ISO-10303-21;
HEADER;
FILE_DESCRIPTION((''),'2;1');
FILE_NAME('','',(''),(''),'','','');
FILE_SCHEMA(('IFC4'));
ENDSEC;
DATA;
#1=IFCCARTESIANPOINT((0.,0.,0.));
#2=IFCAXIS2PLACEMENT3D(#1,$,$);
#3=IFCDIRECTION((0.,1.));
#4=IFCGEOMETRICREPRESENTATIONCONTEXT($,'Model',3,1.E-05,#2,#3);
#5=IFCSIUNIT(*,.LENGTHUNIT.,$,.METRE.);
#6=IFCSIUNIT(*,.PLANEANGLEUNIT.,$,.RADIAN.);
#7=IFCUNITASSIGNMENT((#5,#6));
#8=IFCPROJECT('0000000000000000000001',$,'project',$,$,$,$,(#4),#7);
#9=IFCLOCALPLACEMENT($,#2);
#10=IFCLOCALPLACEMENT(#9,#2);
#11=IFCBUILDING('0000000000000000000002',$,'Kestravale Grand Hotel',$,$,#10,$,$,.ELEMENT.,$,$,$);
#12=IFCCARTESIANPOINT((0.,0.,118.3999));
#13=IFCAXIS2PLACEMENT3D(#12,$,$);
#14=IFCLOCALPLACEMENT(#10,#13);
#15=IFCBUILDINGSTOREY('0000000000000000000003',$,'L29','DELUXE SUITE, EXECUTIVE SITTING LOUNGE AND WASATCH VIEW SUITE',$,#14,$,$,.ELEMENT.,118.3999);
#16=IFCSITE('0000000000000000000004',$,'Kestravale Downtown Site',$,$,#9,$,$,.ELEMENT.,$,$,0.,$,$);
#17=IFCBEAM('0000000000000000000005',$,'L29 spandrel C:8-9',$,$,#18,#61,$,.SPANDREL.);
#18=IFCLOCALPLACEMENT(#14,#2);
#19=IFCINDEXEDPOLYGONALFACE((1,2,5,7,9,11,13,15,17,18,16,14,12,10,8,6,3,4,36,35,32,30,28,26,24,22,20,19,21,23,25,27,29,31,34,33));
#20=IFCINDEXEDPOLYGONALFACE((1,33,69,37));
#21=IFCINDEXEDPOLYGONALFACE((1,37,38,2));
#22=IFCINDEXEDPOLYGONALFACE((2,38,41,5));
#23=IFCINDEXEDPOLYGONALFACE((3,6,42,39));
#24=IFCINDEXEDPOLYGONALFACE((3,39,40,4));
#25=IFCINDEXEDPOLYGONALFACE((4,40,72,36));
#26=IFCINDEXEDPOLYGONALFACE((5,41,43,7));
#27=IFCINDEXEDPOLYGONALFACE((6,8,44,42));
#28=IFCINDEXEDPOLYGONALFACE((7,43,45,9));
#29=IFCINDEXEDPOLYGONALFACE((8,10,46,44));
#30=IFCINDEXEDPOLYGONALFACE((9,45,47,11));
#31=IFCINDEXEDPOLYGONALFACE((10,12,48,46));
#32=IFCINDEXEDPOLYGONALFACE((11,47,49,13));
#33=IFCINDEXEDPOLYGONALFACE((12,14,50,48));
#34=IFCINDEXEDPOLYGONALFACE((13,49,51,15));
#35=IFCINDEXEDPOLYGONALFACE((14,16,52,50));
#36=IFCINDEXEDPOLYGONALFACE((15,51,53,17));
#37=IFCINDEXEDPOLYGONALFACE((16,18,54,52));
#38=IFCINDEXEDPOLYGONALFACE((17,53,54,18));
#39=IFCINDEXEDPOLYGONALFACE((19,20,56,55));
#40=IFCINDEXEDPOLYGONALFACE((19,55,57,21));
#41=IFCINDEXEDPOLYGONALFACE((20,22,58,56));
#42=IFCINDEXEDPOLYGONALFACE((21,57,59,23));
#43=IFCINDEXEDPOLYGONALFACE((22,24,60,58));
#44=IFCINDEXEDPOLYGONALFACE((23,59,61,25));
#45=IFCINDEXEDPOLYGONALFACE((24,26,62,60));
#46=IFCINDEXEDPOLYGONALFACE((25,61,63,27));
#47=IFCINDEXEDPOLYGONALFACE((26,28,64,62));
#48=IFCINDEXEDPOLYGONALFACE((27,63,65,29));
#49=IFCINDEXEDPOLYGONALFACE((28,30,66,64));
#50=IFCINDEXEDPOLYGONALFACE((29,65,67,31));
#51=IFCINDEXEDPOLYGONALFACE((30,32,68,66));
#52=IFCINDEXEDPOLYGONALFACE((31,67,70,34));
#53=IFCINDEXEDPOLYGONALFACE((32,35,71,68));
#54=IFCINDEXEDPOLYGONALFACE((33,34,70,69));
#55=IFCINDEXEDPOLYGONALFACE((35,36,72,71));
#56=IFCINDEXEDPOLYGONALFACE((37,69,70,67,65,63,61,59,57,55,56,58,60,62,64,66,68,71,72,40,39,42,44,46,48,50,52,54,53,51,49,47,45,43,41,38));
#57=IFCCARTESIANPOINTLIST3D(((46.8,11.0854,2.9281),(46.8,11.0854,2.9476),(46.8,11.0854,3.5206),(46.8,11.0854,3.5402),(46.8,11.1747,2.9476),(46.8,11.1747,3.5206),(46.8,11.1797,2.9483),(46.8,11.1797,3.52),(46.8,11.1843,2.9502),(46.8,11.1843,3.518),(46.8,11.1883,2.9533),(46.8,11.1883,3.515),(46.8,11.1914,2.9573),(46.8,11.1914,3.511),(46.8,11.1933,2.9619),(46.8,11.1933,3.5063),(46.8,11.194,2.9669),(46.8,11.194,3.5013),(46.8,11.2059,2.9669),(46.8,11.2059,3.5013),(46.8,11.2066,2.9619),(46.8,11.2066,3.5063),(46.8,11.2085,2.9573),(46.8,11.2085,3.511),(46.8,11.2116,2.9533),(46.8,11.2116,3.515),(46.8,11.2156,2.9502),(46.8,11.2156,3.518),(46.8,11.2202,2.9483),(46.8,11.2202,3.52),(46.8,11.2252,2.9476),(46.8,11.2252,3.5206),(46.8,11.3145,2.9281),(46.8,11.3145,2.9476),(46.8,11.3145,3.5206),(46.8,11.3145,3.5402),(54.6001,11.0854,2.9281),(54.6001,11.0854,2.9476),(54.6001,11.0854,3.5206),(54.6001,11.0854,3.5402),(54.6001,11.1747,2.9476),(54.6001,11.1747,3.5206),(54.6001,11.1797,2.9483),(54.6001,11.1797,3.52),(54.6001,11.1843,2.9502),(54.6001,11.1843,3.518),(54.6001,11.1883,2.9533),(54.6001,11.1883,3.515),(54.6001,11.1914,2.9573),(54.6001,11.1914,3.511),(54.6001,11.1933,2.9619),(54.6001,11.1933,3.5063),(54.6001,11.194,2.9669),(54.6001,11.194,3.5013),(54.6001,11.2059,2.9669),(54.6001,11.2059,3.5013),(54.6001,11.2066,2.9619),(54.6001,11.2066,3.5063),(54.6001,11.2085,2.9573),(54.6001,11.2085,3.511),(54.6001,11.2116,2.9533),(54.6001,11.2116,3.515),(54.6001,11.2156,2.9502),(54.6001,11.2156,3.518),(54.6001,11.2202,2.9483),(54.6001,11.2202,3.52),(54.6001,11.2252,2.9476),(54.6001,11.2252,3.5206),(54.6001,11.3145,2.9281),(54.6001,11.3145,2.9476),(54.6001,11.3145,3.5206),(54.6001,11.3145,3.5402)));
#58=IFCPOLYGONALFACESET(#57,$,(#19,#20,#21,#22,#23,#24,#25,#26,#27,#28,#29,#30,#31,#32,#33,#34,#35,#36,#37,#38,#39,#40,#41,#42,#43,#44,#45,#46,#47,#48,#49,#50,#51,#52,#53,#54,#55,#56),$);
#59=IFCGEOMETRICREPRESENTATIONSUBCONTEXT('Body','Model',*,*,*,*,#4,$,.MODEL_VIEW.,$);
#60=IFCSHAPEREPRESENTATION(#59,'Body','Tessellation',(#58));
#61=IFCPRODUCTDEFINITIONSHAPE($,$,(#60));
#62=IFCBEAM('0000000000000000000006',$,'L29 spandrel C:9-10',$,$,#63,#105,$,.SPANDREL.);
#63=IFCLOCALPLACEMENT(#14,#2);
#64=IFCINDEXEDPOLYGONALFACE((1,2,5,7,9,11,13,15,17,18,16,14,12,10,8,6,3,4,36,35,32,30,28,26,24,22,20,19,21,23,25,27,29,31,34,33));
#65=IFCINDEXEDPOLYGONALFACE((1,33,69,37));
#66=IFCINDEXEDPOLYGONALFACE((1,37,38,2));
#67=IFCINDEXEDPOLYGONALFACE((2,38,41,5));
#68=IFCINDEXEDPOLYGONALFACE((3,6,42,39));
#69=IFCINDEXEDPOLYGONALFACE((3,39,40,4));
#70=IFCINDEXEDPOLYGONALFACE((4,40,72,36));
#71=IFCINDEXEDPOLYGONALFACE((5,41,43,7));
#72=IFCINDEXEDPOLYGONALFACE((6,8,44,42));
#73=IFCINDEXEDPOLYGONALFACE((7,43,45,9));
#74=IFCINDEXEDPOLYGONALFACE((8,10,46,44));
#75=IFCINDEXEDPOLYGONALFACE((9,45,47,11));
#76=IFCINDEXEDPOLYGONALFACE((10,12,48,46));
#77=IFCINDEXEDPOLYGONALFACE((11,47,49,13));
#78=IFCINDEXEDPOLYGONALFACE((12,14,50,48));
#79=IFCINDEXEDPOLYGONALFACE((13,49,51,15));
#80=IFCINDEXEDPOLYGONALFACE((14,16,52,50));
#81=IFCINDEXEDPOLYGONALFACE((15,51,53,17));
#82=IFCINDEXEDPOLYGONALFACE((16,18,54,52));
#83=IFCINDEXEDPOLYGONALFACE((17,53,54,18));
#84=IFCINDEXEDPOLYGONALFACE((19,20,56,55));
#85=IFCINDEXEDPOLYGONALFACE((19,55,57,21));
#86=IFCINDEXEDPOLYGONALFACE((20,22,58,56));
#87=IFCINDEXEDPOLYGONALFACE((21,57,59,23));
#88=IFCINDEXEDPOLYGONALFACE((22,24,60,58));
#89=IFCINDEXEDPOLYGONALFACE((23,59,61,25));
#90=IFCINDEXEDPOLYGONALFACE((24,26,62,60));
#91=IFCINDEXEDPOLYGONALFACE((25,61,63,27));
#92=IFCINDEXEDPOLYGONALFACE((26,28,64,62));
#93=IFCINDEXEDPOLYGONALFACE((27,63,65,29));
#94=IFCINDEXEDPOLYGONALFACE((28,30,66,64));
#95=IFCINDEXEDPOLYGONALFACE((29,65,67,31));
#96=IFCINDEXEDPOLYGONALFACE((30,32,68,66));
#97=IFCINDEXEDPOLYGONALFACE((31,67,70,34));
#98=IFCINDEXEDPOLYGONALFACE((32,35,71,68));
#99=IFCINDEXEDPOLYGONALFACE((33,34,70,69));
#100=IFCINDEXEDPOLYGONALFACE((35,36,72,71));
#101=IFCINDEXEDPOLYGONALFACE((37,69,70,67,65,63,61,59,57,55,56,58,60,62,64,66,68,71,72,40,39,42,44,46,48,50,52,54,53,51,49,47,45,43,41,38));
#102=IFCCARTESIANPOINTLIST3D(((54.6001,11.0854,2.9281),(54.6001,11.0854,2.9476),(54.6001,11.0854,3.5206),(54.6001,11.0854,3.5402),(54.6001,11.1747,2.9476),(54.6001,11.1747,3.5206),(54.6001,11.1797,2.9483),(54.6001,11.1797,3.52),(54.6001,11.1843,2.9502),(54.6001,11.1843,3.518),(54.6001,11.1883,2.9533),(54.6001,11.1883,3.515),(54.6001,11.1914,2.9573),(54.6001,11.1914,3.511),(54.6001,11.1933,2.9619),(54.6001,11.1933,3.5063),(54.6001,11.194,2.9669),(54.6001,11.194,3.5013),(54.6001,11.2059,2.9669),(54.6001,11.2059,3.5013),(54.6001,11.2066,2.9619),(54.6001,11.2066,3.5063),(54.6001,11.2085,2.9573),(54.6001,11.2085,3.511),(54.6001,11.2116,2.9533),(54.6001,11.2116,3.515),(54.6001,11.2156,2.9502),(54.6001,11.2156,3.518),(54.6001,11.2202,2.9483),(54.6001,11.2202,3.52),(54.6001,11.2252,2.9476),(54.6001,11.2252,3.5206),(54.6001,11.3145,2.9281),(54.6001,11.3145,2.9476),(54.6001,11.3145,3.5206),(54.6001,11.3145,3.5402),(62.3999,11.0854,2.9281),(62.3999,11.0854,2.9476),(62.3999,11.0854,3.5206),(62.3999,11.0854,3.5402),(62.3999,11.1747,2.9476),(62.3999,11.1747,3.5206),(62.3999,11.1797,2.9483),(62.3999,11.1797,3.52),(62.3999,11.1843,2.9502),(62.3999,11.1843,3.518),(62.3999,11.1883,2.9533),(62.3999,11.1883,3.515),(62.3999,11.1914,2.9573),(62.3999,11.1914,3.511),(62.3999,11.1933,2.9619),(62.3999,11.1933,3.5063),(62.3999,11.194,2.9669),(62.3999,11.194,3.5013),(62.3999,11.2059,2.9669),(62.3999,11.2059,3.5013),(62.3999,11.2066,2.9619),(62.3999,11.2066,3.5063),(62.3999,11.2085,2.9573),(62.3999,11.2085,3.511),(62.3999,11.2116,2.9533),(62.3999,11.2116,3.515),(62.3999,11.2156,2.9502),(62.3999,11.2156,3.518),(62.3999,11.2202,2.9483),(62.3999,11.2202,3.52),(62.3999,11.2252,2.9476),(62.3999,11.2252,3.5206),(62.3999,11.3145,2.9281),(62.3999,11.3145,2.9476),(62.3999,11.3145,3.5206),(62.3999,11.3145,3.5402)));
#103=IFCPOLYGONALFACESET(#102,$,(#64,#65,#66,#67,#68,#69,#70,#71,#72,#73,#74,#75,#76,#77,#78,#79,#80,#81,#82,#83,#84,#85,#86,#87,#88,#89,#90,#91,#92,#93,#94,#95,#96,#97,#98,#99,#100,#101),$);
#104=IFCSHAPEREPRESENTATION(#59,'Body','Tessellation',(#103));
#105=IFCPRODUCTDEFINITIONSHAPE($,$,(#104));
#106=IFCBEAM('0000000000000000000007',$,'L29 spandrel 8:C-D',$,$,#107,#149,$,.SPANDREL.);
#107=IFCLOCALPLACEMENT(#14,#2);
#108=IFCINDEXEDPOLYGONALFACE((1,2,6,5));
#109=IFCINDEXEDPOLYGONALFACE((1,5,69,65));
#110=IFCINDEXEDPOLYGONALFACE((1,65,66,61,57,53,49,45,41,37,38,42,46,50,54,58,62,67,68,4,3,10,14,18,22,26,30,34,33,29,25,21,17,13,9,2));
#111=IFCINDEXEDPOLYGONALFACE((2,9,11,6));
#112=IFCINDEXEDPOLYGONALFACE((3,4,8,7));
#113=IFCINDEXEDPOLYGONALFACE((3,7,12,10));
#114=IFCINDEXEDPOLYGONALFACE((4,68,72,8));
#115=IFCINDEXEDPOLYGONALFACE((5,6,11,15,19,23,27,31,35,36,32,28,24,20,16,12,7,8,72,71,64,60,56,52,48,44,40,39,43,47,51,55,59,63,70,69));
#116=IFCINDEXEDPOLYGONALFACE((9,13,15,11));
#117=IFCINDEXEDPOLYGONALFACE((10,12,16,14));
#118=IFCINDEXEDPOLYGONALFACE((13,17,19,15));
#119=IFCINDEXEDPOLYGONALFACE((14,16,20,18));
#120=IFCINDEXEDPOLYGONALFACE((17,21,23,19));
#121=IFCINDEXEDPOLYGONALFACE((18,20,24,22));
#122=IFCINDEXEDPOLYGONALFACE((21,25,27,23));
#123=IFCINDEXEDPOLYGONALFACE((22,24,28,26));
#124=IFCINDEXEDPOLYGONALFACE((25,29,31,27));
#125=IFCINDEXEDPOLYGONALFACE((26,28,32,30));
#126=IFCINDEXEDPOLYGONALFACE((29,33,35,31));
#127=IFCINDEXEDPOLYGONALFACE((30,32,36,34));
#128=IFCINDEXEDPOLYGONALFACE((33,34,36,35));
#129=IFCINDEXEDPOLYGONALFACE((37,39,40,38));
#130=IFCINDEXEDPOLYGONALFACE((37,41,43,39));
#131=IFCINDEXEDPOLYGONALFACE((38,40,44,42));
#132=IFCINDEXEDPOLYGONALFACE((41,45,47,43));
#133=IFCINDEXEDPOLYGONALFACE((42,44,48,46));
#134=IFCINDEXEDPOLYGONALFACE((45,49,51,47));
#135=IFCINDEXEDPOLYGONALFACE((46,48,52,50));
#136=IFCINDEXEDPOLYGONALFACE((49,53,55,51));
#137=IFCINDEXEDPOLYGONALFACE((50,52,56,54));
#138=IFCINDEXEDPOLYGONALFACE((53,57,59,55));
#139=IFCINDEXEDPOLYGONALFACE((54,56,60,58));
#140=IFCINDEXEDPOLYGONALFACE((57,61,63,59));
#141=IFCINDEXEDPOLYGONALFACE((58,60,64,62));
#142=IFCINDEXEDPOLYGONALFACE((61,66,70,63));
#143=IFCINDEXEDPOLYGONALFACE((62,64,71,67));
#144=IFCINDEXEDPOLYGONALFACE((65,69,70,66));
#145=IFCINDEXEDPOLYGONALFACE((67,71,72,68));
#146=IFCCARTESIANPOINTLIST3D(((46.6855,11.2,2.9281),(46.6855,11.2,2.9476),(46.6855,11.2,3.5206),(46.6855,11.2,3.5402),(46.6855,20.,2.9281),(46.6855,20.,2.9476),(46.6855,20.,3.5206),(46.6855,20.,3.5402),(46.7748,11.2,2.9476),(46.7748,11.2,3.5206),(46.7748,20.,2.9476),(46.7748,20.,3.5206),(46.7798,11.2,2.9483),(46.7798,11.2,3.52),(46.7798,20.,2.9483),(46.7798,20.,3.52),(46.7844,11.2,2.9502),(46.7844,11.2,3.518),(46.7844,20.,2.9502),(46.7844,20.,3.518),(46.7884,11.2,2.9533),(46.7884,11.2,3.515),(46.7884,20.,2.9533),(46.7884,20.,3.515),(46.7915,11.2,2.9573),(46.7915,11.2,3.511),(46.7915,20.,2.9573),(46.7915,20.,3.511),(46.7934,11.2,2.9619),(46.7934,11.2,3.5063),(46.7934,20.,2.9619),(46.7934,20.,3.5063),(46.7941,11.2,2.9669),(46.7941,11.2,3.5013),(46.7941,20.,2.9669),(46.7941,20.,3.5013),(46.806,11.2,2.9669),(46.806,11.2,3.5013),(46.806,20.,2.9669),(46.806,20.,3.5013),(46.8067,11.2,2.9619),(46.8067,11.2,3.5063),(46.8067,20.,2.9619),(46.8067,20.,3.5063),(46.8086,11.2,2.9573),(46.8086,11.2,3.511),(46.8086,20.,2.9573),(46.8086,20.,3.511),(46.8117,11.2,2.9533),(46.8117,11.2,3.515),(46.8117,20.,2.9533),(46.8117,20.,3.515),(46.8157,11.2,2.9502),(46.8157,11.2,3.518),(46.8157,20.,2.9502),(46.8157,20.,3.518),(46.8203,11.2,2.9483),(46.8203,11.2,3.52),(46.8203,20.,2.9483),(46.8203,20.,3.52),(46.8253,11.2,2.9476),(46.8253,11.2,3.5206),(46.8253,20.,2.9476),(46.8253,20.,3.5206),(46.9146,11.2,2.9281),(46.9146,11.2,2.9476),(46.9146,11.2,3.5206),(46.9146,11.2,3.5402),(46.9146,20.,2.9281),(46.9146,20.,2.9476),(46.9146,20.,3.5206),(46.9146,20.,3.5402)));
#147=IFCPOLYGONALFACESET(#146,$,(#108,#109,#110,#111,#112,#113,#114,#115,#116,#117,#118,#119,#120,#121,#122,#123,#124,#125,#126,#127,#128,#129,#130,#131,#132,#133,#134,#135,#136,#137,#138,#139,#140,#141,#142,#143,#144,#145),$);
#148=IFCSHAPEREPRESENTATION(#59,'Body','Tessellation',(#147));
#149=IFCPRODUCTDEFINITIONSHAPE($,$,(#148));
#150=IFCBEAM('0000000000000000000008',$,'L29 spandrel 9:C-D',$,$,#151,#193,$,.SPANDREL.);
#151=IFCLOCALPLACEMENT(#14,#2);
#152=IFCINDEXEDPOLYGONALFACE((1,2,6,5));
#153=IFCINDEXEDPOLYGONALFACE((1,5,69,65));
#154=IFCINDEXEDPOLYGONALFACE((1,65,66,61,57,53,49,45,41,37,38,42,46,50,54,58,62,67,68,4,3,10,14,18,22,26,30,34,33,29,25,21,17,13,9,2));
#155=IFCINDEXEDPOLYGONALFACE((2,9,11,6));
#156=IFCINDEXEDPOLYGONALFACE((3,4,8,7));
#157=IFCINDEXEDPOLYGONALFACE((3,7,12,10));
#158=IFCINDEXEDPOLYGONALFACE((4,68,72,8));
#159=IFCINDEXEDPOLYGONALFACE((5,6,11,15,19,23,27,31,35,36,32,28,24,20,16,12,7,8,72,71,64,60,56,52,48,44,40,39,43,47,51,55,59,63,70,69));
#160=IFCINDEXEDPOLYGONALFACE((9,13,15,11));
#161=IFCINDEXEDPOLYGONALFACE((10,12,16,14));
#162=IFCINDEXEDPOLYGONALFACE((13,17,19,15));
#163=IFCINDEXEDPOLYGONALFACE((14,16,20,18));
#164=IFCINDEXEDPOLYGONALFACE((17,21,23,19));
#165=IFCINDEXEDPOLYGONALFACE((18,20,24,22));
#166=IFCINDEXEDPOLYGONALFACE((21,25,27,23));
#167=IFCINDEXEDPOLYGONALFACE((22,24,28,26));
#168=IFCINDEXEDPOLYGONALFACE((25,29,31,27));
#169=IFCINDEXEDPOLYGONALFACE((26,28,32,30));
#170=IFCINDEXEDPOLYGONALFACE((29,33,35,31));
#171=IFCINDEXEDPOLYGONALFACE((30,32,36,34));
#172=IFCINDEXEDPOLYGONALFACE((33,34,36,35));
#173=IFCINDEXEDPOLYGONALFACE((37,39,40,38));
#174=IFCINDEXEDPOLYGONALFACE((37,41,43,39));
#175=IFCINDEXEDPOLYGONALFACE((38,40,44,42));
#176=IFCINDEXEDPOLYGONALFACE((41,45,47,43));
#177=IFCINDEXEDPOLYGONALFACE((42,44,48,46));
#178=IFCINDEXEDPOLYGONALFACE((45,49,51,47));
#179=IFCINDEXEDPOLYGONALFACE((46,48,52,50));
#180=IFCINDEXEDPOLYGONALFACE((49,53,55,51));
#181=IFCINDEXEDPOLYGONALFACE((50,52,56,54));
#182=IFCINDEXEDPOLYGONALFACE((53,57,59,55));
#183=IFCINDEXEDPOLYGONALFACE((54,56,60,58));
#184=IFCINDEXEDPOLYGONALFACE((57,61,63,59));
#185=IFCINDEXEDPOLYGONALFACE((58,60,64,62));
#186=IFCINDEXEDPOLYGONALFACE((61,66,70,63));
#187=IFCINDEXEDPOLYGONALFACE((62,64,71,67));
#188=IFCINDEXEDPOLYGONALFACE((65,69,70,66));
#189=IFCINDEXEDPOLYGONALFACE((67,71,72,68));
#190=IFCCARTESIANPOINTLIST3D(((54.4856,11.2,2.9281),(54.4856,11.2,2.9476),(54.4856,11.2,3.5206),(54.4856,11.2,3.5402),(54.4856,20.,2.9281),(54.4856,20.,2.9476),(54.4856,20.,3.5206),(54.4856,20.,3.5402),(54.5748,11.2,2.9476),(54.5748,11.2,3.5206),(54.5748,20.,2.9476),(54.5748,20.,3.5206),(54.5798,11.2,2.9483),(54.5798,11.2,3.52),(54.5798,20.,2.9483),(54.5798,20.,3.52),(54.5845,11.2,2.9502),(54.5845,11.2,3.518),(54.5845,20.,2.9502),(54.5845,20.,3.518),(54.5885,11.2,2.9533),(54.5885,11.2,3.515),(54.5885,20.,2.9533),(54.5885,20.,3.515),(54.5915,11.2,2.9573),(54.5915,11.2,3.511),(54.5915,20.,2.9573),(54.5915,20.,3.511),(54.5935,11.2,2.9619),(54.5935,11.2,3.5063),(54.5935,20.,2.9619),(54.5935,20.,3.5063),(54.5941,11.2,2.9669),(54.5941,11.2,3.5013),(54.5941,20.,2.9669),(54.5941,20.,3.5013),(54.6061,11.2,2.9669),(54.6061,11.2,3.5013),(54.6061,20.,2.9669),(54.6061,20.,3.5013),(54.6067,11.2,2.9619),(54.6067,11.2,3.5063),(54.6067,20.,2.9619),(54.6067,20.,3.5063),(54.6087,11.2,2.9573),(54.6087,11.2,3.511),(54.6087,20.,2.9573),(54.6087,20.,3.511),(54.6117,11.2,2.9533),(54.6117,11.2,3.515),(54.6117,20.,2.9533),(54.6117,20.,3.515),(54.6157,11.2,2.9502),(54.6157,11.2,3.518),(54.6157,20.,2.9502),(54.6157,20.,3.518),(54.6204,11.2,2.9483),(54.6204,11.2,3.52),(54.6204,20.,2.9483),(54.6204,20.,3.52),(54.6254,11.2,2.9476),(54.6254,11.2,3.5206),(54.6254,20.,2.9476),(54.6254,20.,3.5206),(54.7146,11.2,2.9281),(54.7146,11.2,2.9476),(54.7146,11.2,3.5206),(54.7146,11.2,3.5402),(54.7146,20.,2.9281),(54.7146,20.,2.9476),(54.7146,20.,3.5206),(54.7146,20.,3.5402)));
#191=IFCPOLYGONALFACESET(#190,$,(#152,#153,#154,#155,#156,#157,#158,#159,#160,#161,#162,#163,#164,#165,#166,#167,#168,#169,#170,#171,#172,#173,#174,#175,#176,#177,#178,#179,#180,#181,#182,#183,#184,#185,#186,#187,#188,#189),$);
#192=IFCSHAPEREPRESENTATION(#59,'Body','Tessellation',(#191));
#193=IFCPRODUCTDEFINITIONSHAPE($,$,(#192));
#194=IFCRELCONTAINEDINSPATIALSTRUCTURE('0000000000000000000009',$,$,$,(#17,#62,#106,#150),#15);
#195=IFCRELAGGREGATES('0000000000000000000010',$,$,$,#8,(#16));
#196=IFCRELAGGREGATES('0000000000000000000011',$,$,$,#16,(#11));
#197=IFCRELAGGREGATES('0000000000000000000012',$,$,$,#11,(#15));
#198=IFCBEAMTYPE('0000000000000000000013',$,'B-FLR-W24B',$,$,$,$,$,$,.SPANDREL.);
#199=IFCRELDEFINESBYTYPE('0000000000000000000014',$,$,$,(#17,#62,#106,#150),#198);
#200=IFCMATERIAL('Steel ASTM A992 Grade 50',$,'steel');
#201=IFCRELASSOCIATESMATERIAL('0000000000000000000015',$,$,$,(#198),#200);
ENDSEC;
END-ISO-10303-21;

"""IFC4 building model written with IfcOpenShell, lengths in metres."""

from ifc_helpers import new_model, si_unit, direction, frame, origin, origin_2d, place, context, subcontext, project, spatial, i_section, extrude, material, material_profile, profile_set, type_object, element, save


model = new_model("IFC4")

# Units and contexts
model_context = context("Model", 3, precision=1e-05, world=origin(), true_north=direction((0.0, 1.0)))
body_context = subcontext(model_context, "Body", "Model", "MODEL_VIEW")
ifc_project = project(units=[si_unit("LENGTHUNIT", "METRE"), si_unit("PLANEANGLEUNIT", "RADIAN")], contexts=[model_context])

# Site, building, storey
site_placement = place(None, origin())
site = spatial("IfcSite", under=ifc_project, at=site_placement, Name="Kestravale Downtown Site", CompositionType="ELEMENT", RefElevation=0.0)
building_placement = place(site_placement, origin())
building = spatial("IfcBuilding", under=site, at=building_placement, Name="Kestravale Grand Hotel", CompositionType="ELEMENT")
storey_placement = place(building_placement, frame((0.0, 0.0, 118.3999)))
storey = spatial("IfcBuildingStorey", under=building, at=storey_placement, Name="L29", Description="DELUXE SUITE, EXECUTIVE SITTING LOUNGE AND WASATCH VIEW SUITE", CompositionType="ELEMENT", Elevation=118.3999)

# Beams
ifc_material_1 = material(Name="Steel ASTM A992 Grade 50", Category="steel")
ifc_material_profile_1 = material_profile(ifc_material_1, i_section(OverallWidth=0.229, OverallDepth=0.6121, WebThickness=0.012, FlangeThickness=0.0195, FilletRadius=0.0193, at=origin_2d()))
ifc_profile_set_1 = profile_set([ifc_material_profile_1], Name="Steel ASTM A992 Grade 50")
beam_type_1 = type_object("IfcBeamType", Name="B-FLR-W24B", PredefinedType="SPANDREL", material=ifc_profile_set_1)
beam_1_placement = place(storey_placement, frame((46.8, 11.2, 3.2341), z_axis=(1.0, 0.0, 0.0), x_axis=(0.0, 1.0, 0.0)))
element("IfcBeam", 1, at=beam_1_placement, inside=storey, type_object=beam_type_1, Name="L29 spandrel C:8-9", PredefinedType="SPANDREL", context=body_context, shape_type="SweptSolid", body=[
    extrude(i_section(OverallWidth=0.229, OverallDepth=0.6121, WebThickness=0.012, FlangeThickness=0.0195, FilletRadius=0.0193, at=origin_2d()), origin(), (0.0, 0.0, 1.0), 7.8),
])
beam_2_placement = place(storey_placement, frame((54.6001, 11.2, 3.2341), z_axis=(1.0, 0.0, 0.0), x_axis=(0.0, 1.0, 0.0)))
element("IfcBeam", 2, at=beam_2_placement, inside=storey, type_object=beam_type_1, Name="L29 spandrel C:9-10", PredefinedType="SPANDREL", context=body_context, shape_type="SweptSolid", body=[
    extrude(i_section(OverallWidth=0.229, OverallDepth=0.6121, WebThickness=0.012, FlangeThickness=0.0195, FilletRadius=0.0193, at=origin_2d()), origin(), (0.0, 0.0, 1.0), 7.7998),
])
for number, where, z_axis, x_axis, name in (
    (3, (46.8, 11.2, 3.2341), (0.0, 1.0, 0.0), (-1.0, 0.0, 0.0), "L29 spandrel 8:C-D"),
    (4, (54.6001, 11.2, 3.2341), (0.0, 1.0, 0.0), (-1.0, 0.0, 0.0), "L29 spandrel 9:C-D"),
):
    element("IfcBeam", number, at=place(storey_placement, frame(where, z_axis=z_axis, x_axis=x_axis)), inside=storey, type_object=beam_type_1, Name=name, PredefinedType="SPANDREL", context=body_context, shape_type="SweptSolid", body=[
        extrude(i_section(OverallWidth=0.229, OverallDepth=0.6121, WebThickness=0.012, FlangeThickness=0.0195, FilletRadius=0.0193, at=origin_2d()), origin(), (0.0, 0.0, 1.0), 8.8),
    ])

save(model, "model.ifc")
